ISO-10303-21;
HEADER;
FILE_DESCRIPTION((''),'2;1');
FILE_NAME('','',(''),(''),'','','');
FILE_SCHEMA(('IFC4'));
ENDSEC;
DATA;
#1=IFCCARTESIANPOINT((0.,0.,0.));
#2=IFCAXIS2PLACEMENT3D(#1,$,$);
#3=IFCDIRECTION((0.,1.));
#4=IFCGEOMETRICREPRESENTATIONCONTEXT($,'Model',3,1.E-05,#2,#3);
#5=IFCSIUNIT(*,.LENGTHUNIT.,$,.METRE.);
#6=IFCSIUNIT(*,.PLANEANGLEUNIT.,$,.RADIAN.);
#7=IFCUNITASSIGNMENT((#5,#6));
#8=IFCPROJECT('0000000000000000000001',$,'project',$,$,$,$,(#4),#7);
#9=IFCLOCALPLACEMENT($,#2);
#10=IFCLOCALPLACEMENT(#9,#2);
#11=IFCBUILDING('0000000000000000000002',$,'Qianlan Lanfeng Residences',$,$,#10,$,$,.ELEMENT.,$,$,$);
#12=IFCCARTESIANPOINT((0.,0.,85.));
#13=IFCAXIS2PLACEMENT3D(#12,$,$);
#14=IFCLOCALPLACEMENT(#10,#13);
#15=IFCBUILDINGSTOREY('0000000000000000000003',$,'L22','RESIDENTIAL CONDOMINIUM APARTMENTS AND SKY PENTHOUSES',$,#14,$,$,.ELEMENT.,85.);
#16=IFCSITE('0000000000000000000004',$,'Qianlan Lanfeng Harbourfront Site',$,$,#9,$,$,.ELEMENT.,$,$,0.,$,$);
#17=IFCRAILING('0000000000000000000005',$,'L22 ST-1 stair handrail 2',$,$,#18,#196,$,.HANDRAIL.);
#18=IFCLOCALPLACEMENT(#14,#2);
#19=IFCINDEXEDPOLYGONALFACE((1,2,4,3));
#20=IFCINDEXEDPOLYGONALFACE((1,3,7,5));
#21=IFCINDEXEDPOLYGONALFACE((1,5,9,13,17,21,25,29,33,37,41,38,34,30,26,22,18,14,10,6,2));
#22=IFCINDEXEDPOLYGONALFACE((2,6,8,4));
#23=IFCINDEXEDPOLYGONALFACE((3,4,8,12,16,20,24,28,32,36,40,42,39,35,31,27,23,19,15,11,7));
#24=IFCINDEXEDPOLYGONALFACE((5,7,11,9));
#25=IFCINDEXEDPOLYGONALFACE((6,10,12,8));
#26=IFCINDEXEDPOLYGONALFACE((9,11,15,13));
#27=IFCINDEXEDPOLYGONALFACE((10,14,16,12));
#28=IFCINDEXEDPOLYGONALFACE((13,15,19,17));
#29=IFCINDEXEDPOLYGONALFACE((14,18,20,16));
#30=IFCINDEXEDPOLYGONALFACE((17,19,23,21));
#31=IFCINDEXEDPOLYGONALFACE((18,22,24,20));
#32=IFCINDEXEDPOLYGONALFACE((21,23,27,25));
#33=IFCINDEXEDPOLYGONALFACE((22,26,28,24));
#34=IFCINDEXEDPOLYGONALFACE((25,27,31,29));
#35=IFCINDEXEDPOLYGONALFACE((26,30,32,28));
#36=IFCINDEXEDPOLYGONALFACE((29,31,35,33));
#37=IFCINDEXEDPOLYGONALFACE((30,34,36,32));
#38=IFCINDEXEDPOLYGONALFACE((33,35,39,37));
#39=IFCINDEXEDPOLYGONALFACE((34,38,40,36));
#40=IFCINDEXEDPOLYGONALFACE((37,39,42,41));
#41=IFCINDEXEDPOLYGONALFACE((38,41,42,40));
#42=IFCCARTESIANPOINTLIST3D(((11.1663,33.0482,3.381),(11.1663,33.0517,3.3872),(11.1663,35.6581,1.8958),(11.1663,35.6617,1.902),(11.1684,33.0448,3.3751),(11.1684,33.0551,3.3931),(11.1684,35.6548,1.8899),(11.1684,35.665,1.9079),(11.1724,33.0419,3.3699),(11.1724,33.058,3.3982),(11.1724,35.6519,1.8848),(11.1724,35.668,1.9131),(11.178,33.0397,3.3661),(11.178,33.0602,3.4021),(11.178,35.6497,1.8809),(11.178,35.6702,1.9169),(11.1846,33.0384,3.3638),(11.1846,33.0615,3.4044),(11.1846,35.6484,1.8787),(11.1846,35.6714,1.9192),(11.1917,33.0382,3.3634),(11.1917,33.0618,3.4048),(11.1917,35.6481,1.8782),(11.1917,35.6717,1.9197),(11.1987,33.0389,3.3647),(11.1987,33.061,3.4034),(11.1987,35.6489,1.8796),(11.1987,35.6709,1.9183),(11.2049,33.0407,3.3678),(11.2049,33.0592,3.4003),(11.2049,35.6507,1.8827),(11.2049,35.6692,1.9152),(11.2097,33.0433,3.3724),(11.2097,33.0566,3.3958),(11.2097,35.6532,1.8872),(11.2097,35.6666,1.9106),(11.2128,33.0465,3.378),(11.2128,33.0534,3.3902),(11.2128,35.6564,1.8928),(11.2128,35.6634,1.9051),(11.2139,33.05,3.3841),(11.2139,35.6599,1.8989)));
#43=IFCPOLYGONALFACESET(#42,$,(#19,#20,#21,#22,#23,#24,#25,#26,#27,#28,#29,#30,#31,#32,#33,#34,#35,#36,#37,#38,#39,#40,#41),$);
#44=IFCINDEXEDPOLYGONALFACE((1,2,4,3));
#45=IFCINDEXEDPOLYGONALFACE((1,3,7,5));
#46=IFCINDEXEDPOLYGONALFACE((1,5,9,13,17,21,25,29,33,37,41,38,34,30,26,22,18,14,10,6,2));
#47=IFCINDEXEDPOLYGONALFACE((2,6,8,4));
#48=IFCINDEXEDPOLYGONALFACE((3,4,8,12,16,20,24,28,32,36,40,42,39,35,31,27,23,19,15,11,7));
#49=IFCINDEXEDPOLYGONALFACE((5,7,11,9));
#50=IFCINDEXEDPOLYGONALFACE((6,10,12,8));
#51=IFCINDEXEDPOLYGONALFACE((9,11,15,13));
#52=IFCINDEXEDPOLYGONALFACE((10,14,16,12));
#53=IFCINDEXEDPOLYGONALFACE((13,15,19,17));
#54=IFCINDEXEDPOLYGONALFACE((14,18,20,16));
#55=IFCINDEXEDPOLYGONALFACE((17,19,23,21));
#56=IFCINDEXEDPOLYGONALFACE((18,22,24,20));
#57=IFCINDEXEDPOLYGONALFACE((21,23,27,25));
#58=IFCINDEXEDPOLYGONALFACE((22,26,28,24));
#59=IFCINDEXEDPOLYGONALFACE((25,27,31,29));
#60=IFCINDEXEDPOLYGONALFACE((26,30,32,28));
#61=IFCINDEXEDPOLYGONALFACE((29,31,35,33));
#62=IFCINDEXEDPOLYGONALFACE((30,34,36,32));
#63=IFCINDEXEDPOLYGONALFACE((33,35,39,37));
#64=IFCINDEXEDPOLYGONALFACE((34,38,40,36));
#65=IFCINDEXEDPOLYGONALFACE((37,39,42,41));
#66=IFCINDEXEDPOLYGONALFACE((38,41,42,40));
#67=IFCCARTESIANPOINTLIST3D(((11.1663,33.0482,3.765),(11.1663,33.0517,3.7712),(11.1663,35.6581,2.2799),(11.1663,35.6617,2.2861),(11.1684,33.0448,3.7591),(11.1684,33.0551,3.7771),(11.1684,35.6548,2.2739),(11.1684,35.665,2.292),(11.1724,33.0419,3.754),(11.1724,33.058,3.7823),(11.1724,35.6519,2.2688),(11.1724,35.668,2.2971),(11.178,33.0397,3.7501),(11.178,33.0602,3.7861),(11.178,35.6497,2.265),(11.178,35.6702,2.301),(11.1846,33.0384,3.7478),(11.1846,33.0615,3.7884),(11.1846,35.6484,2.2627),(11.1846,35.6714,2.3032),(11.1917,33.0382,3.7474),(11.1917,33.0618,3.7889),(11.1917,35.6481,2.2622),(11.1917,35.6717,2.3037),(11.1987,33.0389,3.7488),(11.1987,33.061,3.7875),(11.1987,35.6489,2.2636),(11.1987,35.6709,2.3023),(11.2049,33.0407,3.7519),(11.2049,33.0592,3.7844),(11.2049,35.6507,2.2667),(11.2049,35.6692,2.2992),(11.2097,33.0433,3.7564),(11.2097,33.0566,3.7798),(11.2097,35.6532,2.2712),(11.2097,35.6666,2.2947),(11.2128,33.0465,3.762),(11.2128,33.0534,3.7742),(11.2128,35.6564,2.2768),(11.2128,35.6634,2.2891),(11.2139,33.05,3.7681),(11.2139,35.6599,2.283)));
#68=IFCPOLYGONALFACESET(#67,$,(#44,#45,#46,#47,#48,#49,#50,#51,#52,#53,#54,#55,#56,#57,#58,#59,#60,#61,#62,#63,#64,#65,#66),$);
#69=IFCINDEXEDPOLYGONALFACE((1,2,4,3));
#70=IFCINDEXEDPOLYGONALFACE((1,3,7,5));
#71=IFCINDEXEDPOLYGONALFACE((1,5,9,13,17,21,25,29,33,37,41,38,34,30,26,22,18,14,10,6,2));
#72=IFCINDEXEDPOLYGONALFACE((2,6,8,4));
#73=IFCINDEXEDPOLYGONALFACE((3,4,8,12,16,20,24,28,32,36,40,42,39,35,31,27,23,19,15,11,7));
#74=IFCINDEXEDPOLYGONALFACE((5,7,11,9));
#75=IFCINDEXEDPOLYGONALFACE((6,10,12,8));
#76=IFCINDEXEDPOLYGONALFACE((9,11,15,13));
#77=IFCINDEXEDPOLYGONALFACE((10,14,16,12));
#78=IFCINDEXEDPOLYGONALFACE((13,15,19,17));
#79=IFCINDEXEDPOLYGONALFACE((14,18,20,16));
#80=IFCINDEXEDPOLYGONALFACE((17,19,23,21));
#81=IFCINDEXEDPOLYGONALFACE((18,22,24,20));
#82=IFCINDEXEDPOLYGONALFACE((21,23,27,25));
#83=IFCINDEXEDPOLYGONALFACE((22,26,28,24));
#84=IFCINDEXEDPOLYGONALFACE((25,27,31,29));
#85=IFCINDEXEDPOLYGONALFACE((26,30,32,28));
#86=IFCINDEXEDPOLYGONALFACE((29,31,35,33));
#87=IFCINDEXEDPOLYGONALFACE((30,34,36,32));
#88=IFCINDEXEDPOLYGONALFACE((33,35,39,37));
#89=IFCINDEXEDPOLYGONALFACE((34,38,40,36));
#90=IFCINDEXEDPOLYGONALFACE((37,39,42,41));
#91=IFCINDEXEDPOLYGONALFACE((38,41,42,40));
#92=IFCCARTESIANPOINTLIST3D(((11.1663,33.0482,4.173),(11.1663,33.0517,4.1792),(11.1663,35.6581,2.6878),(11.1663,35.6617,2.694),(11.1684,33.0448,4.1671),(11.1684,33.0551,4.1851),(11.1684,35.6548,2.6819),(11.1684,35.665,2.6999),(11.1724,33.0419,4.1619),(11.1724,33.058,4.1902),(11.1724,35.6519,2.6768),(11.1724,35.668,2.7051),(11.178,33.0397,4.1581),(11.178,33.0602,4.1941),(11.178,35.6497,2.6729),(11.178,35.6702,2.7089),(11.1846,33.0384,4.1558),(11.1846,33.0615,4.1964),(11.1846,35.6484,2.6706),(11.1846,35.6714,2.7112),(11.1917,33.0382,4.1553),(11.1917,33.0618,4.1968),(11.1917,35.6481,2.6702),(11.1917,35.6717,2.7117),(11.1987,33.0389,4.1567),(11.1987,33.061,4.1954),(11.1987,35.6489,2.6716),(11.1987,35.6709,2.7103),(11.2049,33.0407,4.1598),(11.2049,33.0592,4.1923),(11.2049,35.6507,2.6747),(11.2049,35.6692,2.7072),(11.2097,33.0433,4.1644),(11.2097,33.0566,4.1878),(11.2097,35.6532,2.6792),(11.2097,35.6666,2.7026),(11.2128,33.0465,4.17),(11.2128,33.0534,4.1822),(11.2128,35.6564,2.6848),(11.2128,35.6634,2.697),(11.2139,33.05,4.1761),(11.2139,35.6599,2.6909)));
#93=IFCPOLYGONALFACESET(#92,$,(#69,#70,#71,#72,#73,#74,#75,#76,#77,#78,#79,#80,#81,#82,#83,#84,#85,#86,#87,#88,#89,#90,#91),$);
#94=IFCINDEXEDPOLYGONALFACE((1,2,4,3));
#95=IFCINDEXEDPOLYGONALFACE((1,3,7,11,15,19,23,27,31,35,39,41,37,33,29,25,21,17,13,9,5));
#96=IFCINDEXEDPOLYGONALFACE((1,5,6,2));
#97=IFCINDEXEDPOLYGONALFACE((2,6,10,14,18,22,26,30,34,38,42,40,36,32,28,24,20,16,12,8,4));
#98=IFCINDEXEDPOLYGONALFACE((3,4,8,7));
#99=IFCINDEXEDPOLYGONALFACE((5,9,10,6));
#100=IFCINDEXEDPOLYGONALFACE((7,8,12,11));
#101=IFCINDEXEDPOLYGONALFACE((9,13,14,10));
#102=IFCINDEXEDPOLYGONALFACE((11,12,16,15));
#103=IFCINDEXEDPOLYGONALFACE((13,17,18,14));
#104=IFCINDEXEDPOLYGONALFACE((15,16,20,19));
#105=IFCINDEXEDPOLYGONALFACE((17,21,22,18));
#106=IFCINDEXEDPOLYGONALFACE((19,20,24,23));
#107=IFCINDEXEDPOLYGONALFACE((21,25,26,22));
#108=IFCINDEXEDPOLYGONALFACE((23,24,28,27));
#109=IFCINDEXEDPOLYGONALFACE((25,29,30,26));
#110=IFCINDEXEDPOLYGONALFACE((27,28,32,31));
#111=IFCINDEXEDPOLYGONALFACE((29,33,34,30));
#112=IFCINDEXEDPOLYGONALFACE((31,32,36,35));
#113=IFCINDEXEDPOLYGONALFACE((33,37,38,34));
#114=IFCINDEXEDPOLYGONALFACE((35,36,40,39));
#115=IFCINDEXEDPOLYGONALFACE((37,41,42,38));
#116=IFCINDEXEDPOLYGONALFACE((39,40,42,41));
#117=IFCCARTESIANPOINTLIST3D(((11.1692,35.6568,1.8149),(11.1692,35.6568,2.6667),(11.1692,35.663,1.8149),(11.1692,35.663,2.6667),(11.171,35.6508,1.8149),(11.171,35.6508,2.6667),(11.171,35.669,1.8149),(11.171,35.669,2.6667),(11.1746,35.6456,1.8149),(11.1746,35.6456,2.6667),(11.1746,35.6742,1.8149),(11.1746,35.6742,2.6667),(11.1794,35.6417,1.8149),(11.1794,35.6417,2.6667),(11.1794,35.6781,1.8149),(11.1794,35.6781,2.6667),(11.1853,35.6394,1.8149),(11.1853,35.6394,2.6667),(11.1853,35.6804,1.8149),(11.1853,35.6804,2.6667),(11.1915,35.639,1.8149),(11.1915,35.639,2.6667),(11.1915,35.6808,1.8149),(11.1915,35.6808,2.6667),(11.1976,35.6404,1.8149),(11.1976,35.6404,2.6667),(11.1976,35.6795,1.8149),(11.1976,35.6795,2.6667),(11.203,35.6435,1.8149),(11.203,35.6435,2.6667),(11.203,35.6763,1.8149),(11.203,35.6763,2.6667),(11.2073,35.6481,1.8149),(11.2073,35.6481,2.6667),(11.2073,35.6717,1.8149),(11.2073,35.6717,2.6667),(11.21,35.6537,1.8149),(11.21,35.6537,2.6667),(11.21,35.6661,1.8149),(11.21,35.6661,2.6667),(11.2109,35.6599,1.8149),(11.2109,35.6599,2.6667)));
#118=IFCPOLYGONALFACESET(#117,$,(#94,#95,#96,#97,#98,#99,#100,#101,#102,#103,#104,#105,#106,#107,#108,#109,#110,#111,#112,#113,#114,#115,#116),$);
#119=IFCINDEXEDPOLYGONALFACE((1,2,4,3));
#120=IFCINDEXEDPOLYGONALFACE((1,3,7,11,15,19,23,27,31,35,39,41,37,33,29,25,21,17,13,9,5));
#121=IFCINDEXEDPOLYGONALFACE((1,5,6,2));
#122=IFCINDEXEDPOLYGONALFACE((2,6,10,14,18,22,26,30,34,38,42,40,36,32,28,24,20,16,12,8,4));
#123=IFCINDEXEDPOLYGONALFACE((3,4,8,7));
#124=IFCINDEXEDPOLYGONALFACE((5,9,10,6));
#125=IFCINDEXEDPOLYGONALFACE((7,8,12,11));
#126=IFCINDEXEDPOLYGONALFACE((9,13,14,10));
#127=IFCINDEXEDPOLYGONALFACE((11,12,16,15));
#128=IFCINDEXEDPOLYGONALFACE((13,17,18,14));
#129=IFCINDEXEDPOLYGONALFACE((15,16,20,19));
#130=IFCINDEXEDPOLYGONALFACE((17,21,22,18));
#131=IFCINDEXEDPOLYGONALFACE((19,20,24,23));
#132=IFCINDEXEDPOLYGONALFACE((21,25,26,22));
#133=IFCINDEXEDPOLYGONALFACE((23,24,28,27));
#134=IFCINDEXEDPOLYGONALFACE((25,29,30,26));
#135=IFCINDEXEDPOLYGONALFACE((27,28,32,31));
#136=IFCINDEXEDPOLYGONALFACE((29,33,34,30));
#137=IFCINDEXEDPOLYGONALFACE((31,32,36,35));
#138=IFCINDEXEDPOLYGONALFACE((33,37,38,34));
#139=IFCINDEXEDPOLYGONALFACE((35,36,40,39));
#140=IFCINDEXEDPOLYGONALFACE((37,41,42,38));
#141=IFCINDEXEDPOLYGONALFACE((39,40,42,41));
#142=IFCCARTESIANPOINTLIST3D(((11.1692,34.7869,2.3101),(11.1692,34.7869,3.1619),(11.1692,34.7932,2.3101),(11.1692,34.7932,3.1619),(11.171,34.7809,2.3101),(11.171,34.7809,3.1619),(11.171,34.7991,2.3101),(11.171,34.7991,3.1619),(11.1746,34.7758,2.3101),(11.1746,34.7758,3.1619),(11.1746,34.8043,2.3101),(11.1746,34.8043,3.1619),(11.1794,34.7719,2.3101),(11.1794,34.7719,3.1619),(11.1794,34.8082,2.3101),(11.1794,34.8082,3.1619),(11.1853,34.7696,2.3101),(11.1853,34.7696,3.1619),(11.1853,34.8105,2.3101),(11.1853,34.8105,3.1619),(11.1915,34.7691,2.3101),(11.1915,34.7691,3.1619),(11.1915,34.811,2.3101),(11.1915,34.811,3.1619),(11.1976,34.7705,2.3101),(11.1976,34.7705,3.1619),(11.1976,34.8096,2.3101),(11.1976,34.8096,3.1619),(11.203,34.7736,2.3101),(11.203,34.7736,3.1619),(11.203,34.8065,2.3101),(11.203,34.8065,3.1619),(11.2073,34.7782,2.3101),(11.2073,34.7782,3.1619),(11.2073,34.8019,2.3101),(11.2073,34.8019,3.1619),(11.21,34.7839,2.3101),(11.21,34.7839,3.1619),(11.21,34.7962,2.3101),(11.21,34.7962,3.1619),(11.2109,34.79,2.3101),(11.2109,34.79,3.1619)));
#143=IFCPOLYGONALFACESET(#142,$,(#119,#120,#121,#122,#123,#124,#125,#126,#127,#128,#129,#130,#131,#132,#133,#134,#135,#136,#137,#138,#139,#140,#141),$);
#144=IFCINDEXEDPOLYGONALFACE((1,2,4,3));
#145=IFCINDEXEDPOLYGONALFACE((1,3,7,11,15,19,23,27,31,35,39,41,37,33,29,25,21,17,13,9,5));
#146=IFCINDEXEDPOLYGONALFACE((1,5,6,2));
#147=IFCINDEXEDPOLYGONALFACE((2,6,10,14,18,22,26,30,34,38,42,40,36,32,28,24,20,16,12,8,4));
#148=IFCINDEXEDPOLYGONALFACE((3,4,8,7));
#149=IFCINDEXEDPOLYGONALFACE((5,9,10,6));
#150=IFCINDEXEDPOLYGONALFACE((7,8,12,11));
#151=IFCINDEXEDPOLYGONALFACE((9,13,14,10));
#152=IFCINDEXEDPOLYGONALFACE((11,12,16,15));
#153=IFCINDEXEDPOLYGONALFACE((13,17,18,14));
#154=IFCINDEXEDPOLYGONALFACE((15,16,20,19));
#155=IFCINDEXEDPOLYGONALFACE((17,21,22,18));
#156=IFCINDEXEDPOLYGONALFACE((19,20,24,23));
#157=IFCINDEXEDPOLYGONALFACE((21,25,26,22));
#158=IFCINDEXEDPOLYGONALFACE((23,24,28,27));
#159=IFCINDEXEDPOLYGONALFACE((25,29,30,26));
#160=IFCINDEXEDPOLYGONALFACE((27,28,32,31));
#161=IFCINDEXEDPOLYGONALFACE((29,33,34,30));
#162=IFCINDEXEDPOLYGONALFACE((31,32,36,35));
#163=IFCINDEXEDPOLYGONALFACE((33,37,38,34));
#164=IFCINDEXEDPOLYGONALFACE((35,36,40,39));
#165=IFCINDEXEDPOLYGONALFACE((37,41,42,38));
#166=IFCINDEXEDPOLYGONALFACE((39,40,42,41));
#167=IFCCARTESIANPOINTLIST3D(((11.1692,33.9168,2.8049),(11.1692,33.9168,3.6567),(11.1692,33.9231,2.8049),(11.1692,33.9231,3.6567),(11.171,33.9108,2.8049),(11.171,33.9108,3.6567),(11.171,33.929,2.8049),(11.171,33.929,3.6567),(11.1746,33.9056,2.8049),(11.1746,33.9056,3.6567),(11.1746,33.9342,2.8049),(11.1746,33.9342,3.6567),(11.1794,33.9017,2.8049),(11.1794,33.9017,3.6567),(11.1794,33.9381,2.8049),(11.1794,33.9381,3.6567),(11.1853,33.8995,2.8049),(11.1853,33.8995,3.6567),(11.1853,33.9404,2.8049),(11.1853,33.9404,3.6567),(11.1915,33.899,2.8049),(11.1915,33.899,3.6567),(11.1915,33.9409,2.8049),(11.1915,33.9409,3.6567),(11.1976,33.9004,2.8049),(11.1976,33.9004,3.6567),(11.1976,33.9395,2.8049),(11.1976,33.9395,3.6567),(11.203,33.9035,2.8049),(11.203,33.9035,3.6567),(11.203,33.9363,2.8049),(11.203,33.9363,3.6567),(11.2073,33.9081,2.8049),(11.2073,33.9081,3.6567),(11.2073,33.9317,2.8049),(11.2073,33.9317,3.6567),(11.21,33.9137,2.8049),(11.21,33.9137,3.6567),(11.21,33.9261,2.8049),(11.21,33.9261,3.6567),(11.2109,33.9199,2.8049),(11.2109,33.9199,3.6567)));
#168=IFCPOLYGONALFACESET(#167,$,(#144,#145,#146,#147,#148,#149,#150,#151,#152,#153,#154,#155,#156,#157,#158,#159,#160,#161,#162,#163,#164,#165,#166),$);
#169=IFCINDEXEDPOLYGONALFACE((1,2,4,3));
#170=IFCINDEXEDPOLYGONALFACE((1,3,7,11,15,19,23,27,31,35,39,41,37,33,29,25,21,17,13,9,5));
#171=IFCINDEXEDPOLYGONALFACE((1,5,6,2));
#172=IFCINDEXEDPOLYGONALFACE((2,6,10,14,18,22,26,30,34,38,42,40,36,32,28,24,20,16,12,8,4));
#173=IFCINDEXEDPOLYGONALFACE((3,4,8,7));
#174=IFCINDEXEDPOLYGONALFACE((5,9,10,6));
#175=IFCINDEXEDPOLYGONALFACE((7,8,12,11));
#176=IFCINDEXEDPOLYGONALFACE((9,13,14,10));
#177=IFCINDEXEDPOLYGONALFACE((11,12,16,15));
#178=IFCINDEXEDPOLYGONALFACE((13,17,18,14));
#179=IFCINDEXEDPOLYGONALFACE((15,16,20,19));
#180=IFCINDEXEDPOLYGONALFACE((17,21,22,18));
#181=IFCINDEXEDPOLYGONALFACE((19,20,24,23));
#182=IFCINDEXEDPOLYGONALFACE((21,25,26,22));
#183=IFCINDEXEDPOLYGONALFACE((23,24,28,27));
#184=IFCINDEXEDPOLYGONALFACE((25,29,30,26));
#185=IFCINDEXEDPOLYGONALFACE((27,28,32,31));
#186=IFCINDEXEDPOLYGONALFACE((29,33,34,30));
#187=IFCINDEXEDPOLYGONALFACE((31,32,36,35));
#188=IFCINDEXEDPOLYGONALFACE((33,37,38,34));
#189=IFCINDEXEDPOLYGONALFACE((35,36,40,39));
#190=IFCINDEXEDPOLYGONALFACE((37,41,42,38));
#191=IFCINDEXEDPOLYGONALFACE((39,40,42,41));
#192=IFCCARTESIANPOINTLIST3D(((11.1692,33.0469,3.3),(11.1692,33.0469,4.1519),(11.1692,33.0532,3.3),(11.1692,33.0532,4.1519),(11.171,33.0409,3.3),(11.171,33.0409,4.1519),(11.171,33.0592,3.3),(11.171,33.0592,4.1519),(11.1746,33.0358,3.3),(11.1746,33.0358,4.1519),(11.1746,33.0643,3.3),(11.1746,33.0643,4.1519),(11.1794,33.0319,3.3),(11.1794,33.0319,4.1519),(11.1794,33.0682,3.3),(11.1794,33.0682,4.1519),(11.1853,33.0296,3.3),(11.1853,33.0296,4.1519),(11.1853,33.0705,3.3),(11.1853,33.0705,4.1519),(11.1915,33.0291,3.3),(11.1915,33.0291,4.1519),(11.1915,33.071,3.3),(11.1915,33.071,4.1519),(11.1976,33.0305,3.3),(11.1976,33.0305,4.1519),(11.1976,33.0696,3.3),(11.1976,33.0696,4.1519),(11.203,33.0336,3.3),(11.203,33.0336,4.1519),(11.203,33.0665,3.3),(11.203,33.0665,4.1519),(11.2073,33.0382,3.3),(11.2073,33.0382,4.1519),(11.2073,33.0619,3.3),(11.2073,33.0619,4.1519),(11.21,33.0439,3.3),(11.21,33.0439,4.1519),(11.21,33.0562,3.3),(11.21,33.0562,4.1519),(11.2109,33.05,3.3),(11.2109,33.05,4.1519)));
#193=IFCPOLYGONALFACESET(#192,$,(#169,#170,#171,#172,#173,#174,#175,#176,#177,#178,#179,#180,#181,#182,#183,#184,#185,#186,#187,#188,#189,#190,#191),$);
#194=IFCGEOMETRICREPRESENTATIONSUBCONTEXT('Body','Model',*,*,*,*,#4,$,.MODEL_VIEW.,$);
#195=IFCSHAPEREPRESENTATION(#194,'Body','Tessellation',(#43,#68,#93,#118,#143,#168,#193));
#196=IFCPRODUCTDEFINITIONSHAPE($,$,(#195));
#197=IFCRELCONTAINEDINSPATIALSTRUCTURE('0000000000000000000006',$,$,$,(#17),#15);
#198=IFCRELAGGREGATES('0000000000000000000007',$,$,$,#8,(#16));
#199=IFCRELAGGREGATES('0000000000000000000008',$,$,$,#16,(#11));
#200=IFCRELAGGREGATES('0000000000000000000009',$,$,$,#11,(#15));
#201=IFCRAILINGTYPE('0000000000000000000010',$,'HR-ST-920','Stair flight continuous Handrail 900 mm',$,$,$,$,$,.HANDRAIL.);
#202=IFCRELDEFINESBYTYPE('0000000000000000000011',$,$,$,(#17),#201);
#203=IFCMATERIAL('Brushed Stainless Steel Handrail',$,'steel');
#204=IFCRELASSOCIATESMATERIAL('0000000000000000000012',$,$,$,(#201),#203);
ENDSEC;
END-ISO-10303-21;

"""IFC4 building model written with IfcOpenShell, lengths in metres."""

from ifc_helpers import new_model, si_unit, direction, frame, origin, origin_2d, place, context, subcontext, project, spatial, circle, extrude, material, type_object, element, save


model = new_model("IFC4")

# Units and contexts
model_context = context("Model", 3, precision=1e-05, world=origin(), true_north=direction((0.0, 1.0)))
body_context = subcontext(model_context, "Body", "Model", "MODEL_VIEW")
ifc_project = project(units=[si_unit("LENGTHUNIT", "METRE"), si_unit("PLANEANGLEUNIT", "RADIAN")], contexts=[model_context])

# Site, building, storey
site_placement = place(None, origin())
site = spatial("IfcSite", under=ifc_project, at=site_placement, Name="Qianlan Lanfeng Harbourfront Site", CompositionType="ELEMENT", RefElevation=0.0)
building_placement = place(site_placement, origin())
building = spatial("IfcBuilding", under=site, at=building_placement, Name="Qianlan Lanfeng Residences", CompositionType="ELEMENT")
storey_placement = place(building_placement, frame((0.0, 0.0, 85.0)))
storey = spatial("IfcBuildingStorey", under=building, at=storey_placement, Name="L22", Description="RESIDENTIAL CONDOMINIUM APARTMENTS AND SKY PENTHOUSES", CompositionType="ELEMENT", Elevation=85.0)

# Railing
ifc_material_1 = material(Name="Brushed Stainless Steel Handrail", Category="steel")
railing_type_1 = type_object("IfcRailingType", Name="HR-ST-920", Description="Stair flight continuous Handrail 900 mm", PredefinedType="HANDRAIL", material=ifc_material_1)
railing_1_placement = place(storey_placement, frame((11.1899, 35.6599, 1.8149)))
element("IfcRailing", 1, at=railing_1_placement, inside=storey, type_object=railing_type_1, Name="L22 ST-1 stair handrail 2", PredefinedType="HANDRAIL", context=body_context, shape_type="SweptSolid", body=[
    extrude(circle(Radius=0.0239, at=origin_2d()), frame((0.0, 0.0, 0.084), z_axis=(0.0, -0.869137, 0.494571), x_axis=(1.0, 0.0, 0.0)), (0.0, 0.0, 1.0), 3.0029),
    extrude(circle(Radius=0.0239, at=origin_2d()), frame((0.0, 0.0, 0.468), z_axis=(0.0, -0.869137, 0.494571), x_axis=(1.0, 0.0, 0.0)), (0.0, 0.0, 1.0), 3.0029),
    extrude(circle(Radius=0.0239, at=origin_2d()), frame((0.0, 0.0, 0.876), z_axis=(0.0, -0.869137, 0.494571), x_axis=(1.0, 0.0, 0.0)), (0.0, 0.0, 1.0), 3.0029),
    extrude(circle(Radius=0.021, at=origin_2d()), origin(), (0.0, 0.0, 1.0), 0.8518),
    extrude(circle(Radius=0.021, at=origin_2d()), frame((0.0, -0.8699, 0.4951)), (0.0, 0.0, 1.0), 0.8518),
    extrude(circle(Radius=0.021, at=origin_2d()), frame((0.0, -1.74, 0.99)), (0.0, 0.0, 1.0), 0.8518),
    extrude(circle(Radius=0.021, at=origin_2d()), frame((0.0, -2.6099, 1.4851)), (0.0, 0.0, 1.0), 0.8518),
])

save(model, "model.ifc")
